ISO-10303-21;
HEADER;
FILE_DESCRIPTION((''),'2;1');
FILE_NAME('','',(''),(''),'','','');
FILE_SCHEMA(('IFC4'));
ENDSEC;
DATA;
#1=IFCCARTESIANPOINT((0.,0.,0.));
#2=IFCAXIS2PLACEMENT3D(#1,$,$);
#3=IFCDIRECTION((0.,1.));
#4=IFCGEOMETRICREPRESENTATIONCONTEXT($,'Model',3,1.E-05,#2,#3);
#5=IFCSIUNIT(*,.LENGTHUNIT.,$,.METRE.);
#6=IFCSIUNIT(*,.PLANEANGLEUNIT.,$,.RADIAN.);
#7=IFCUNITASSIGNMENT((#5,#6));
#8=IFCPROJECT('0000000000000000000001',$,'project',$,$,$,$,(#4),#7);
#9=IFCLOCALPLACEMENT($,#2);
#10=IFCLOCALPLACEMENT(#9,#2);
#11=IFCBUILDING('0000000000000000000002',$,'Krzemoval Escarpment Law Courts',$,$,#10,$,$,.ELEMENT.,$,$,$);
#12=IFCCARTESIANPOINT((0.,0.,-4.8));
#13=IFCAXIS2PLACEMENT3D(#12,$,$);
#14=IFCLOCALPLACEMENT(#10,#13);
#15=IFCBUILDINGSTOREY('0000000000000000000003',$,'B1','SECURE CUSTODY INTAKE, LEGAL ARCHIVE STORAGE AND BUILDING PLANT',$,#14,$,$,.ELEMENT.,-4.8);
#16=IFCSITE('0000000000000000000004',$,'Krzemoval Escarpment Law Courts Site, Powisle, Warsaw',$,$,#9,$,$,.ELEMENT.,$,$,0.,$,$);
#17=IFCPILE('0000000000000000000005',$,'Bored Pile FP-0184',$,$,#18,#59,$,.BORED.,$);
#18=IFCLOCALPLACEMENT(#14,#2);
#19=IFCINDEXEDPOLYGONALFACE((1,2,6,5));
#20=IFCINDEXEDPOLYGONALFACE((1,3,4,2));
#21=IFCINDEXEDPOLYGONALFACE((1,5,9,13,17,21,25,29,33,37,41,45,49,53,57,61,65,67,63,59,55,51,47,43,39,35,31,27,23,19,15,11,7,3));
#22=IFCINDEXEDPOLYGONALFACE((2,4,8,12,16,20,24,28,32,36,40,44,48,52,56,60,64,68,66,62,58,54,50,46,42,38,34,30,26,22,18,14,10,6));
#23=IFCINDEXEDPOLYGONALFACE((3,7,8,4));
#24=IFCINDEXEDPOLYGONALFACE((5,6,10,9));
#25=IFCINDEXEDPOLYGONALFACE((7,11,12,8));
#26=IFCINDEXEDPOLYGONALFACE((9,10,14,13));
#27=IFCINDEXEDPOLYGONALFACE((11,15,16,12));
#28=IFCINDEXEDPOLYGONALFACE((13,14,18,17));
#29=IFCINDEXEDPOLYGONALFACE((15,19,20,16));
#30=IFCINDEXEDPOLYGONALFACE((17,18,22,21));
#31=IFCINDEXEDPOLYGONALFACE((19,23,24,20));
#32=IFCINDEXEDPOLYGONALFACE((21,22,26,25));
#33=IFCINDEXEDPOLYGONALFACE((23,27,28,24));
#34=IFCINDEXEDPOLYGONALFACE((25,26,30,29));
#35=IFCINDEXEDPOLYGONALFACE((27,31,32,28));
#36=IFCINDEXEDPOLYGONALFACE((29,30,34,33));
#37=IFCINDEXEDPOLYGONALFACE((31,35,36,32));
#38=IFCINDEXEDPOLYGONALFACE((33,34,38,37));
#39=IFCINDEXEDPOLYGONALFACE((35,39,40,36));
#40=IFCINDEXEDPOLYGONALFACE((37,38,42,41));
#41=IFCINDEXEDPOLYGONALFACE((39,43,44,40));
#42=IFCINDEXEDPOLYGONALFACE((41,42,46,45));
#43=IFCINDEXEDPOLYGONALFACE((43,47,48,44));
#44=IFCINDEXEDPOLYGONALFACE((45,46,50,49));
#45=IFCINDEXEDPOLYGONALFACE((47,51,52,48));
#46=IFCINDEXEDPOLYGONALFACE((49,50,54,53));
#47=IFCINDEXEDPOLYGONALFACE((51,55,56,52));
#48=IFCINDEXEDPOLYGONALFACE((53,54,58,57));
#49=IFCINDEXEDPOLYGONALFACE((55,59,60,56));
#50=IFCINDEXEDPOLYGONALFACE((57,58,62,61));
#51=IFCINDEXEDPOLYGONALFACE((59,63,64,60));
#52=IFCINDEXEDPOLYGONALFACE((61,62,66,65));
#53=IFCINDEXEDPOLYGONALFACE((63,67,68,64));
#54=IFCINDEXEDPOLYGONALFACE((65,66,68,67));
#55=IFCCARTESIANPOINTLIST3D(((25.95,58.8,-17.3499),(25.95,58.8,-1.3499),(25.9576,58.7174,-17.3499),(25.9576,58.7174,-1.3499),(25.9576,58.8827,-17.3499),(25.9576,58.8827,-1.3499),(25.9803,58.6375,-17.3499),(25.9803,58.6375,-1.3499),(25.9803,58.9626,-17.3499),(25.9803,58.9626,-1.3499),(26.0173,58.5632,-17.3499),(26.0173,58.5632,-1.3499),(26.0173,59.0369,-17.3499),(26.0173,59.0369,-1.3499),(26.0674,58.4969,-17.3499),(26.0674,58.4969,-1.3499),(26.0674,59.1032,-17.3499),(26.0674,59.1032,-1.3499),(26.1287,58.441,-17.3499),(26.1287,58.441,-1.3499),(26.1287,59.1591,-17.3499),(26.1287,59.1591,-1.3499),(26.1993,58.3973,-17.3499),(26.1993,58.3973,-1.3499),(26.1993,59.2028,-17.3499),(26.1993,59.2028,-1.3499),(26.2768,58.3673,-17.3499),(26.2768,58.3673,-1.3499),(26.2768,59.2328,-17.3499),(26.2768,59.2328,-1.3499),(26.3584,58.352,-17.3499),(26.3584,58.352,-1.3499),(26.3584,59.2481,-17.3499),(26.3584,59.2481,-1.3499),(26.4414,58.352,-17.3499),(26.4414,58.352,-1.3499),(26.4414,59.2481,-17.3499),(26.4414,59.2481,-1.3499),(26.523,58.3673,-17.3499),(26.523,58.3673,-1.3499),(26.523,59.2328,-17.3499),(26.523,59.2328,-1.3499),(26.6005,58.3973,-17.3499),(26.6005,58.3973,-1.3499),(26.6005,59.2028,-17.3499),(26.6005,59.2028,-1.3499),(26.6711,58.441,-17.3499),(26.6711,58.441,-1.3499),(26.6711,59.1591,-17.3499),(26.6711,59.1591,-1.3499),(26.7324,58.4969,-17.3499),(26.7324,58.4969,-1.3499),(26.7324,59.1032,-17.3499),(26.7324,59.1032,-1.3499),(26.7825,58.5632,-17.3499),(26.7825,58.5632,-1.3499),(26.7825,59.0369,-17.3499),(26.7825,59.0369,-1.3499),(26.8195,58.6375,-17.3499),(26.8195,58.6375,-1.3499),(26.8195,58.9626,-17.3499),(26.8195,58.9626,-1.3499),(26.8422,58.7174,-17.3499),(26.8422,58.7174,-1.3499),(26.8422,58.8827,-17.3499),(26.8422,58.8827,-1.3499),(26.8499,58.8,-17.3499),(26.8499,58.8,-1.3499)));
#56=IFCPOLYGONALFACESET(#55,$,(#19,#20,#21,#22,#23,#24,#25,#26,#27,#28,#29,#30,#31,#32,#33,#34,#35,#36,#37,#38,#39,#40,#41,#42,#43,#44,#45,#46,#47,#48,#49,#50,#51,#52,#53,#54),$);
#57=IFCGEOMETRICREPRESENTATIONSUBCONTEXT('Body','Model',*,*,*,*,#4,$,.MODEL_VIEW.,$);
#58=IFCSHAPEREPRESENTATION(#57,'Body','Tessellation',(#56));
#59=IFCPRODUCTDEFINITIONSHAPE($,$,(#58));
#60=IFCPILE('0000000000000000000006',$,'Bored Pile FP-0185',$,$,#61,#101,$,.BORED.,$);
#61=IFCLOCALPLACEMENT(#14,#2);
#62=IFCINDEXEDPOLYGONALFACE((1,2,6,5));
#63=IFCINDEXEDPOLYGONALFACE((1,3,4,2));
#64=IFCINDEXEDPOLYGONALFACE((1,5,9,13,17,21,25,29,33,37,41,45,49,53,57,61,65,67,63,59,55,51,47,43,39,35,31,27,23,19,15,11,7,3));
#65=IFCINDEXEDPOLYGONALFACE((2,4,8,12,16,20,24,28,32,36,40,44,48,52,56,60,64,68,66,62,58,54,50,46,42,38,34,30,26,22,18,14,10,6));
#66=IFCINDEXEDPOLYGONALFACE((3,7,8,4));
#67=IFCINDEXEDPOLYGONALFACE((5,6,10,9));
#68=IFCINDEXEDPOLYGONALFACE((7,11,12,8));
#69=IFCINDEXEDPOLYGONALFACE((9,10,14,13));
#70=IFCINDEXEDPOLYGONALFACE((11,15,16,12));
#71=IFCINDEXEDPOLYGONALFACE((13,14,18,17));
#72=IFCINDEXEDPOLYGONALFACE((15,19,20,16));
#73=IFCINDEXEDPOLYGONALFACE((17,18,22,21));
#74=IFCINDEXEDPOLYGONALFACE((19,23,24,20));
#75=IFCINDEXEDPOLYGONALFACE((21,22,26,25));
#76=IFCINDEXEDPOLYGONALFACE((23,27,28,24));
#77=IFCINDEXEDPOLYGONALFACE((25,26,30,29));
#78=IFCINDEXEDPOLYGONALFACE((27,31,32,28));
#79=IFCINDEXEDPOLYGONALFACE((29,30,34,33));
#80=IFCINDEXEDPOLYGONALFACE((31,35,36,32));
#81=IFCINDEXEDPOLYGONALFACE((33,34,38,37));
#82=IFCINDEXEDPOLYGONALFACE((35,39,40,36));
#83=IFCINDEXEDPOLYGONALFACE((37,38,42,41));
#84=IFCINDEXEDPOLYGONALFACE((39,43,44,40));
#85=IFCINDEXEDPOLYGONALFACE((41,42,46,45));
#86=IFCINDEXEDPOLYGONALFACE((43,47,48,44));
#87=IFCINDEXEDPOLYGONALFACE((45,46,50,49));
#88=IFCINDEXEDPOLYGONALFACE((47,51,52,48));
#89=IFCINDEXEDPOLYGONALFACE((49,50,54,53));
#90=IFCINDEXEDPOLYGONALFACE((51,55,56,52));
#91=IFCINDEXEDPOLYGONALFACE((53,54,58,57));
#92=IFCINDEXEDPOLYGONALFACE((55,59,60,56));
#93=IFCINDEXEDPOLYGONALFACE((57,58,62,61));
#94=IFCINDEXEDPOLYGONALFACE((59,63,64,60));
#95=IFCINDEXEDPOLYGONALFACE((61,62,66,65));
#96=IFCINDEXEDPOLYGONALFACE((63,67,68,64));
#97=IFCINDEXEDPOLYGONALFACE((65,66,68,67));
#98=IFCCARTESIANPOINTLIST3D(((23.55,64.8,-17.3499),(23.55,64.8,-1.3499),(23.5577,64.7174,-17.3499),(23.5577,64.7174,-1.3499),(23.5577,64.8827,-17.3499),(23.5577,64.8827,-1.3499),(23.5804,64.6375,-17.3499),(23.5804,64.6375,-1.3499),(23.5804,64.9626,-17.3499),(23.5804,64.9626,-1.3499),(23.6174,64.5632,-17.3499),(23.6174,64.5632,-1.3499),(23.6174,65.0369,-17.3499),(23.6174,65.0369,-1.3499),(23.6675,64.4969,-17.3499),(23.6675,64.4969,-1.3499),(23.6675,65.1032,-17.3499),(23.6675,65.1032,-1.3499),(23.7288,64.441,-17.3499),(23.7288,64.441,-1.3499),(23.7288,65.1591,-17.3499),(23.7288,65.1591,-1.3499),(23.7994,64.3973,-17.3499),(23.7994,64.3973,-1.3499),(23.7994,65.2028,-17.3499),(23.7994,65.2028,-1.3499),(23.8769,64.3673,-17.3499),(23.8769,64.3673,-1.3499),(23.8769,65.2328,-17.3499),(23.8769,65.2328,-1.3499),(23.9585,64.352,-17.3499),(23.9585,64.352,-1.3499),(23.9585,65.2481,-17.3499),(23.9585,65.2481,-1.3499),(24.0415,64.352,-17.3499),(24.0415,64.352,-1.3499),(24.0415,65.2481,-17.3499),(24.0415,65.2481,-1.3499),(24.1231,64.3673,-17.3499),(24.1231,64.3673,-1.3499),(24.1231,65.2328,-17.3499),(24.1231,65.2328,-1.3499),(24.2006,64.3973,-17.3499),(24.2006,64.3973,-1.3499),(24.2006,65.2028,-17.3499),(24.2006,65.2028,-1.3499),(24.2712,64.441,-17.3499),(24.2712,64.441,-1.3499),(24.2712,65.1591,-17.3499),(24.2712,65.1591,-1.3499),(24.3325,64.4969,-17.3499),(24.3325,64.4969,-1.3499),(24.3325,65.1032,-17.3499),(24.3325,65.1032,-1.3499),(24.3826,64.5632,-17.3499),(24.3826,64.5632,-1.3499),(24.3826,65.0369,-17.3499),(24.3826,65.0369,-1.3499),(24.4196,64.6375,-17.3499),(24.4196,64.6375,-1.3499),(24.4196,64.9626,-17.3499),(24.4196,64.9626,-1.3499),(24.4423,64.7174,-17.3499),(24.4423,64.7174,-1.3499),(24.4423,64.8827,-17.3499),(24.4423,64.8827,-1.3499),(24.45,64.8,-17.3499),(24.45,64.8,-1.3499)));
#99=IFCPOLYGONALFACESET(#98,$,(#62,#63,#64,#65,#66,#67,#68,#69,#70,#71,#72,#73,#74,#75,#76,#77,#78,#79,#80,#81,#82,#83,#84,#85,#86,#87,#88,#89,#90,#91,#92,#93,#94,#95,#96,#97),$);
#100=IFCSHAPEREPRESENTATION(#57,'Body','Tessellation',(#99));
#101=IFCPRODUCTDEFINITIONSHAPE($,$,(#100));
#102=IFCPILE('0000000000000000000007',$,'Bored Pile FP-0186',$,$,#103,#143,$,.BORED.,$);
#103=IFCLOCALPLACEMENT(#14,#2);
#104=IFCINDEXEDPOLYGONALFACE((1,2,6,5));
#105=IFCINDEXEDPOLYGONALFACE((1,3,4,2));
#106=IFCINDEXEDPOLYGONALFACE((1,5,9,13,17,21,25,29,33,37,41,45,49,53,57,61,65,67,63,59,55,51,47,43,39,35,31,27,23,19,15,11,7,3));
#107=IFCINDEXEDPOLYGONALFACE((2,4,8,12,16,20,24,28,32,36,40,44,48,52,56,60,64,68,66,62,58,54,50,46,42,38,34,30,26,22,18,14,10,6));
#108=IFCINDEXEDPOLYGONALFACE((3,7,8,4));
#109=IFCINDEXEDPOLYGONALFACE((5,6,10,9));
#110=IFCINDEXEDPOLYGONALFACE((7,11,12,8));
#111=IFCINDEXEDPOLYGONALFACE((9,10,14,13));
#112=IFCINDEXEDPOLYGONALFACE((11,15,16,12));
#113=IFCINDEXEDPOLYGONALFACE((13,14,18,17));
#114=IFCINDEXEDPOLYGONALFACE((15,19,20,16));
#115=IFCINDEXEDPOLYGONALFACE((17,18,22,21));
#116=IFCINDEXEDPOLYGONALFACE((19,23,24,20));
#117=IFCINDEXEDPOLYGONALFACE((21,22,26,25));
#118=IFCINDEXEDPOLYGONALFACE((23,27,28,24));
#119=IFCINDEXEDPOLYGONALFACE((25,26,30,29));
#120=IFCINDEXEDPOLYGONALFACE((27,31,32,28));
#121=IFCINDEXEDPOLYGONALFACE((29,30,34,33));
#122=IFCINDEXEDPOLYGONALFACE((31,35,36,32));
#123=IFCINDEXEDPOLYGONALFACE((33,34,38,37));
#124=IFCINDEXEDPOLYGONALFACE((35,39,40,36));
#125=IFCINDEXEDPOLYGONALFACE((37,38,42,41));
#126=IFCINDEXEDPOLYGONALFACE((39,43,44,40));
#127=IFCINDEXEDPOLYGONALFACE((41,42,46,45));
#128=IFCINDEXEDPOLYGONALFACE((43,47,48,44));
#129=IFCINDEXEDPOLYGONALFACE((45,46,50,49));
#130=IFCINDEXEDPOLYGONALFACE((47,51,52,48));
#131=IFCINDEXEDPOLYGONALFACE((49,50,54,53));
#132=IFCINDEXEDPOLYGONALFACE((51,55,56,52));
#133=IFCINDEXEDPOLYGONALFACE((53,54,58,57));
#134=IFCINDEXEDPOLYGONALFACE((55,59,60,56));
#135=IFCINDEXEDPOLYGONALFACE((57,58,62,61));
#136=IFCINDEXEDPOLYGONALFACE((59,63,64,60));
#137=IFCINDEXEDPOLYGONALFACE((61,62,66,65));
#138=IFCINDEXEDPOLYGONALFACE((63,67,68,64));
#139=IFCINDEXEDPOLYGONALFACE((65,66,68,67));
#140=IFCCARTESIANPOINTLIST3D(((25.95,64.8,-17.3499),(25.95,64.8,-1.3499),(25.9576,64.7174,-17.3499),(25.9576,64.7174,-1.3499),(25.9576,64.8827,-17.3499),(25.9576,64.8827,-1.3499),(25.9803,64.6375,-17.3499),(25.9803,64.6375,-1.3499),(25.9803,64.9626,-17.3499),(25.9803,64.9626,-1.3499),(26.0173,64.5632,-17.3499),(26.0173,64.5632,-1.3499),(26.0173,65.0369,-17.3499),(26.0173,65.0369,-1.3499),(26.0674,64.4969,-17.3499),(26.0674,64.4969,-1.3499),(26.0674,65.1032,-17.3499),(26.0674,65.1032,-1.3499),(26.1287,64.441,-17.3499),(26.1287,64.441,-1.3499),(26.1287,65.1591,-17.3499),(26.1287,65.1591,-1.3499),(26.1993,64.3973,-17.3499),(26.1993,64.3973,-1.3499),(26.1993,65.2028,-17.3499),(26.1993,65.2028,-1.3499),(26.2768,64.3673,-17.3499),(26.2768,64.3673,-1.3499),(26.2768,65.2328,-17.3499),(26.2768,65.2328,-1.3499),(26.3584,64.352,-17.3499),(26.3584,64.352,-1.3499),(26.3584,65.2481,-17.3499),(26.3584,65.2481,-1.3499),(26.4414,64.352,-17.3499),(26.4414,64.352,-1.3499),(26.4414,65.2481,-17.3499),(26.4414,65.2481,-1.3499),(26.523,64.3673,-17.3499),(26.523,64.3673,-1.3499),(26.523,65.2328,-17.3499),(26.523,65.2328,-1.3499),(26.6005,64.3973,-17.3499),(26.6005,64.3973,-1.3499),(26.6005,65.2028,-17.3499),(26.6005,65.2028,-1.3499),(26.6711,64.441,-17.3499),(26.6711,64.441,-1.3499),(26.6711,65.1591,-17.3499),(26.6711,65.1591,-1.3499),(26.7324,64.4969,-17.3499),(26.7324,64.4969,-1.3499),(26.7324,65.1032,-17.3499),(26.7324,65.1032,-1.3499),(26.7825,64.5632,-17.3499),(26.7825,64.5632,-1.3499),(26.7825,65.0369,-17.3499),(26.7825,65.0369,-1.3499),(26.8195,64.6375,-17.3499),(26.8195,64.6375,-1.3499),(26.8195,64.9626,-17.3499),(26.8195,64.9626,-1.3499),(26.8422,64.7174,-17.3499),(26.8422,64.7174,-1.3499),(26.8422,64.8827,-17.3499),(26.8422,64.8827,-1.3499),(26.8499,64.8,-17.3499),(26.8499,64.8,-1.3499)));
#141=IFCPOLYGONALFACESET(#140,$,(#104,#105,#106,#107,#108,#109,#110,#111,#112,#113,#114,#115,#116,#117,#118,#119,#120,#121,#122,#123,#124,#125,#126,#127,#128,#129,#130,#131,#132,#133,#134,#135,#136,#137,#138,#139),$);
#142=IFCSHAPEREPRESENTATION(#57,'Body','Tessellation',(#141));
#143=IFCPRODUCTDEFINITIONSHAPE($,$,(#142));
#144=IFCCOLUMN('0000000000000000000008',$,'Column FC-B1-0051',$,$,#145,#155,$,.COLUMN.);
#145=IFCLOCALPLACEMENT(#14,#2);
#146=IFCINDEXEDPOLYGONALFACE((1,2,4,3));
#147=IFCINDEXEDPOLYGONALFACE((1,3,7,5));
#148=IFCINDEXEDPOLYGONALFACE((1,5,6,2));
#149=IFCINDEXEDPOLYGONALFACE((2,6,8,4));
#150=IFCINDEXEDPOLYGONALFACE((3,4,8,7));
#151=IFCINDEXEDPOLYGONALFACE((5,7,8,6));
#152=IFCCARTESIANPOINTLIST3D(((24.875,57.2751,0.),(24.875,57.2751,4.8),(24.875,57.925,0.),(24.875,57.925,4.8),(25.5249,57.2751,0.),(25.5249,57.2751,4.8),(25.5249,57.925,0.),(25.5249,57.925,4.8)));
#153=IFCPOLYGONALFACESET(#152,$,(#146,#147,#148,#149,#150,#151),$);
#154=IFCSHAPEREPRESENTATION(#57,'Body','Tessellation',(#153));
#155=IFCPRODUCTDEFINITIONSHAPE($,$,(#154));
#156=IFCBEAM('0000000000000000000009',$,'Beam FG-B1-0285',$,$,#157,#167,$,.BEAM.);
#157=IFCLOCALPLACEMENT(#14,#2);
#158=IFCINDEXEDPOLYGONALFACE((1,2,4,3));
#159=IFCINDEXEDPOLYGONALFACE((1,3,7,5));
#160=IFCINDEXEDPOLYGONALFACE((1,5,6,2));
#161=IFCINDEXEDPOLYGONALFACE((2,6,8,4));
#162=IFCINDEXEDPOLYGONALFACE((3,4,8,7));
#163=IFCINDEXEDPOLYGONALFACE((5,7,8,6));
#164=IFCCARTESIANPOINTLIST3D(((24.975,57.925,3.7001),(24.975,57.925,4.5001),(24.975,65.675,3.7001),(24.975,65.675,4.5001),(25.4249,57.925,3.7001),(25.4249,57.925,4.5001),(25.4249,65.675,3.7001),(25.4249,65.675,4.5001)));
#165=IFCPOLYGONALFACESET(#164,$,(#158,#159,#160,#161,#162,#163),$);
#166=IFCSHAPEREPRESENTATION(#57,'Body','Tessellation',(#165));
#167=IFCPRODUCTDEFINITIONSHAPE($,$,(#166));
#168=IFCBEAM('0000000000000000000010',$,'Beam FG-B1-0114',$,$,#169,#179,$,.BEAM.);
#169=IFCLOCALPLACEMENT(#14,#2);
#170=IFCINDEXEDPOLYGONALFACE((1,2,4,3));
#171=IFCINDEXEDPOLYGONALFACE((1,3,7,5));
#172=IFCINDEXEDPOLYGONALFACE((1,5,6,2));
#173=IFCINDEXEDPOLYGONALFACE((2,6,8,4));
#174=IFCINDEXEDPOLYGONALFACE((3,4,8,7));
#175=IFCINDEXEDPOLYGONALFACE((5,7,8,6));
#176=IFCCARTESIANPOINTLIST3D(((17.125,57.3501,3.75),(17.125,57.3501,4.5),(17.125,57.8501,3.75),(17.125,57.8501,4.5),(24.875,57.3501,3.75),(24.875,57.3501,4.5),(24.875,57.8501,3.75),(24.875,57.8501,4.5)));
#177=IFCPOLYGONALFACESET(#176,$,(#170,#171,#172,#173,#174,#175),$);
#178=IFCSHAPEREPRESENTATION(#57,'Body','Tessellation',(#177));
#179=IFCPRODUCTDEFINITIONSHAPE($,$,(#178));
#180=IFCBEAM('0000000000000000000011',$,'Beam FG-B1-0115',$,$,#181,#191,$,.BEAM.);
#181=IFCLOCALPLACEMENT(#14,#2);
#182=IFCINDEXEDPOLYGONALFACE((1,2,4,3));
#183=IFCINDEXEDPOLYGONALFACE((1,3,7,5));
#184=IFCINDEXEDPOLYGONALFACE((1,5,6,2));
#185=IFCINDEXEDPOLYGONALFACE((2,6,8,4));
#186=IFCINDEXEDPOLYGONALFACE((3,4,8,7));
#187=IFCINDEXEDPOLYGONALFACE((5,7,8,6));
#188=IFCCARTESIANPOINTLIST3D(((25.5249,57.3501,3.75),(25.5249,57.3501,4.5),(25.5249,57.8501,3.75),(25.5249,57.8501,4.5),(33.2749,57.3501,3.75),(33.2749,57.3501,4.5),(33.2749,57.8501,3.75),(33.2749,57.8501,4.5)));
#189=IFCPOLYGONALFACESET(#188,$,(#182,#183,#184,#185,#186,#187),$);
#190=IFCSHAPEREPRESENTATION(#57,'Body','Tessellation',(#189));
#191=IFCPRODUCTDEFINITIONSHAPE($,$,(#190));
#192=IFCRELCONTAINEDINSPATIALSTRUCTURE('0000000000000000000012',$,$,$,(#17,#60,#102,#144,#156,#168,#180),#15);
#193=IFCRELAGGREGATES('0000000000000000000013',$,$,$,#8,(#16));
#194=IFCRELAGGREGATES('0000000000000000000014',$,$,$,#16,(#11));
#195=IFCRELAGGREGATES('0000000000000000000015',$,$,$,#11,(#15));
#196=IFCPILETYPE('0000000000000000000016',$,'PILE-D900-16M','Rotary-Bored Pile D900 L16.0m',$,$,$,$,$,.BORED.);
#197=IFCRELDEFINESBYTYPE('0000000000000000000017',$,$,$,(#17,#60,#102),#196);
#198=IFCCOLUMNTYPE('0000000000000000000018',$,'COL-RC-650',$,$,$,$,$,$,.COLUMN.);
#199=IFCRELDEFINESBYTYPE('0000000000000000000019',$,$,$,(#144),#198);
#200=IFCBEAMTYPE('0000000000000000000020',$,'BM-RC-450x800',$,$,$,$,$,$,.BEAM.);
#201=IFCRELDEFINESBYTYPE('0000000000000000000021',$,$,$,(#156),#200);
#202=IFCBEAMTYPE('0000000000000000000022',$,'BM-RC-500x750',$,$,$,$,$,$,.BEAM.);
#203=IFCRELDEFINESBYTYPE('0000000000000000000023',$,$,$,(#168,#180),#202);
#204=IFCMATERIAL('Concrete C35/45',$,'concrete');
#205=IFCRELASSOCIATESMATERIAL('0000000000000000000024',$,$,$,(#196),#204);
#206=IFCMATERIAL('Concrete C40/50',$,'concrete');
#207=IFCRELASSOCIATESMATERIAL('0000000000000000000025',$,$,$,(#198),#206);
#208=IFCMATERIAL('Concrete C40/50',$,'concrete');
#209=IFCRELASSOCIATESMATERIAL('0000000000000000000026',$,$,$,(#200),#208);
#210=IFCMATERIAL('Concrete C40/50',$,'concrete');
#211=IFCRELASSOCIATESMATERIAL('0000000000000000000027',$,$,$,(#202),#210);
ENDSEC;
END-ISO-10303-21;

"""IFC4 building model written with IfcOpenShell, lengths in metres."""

from ifc_helpers import new_model, si_unit, direction, frame, origin, origin_2d, place, context, subcontext, project, spatial, rectangle, circle, extrude, material, material_profile, profile_set, type_object, element, save


model = new_model("IFC4")

# Units and contexts
model_context = context("Model", 3, precision=1e-05, world=origin(), true_north=direction((0.0, 1.0)))
body_context = subcontext(model_context, "Body", "Model", "MODEL_VIEW")
ifc_project = project(units=[si_unit("LENGTHUNIT", "METRE"), si_unit("PLANEANGLEUNIT", "RADIAN")], contexts=[model_context])

# Site, building, storey
site_placement = place(None, origin())
site = spatial("IfcSite", under=ifc_project, at=site_placement, Name="Krzemoval Escarpment Law Courts Site, Powisle, Warsaw", CompositionType="ELEMENT", RefElevation=0.0)
building_placement = place(site_placement, origin())
building = spatial("IfcBuilding", under=site, at=building_placement, Name="Krzemoval Escarpment Law Courts", CompositionType="ELEMENT")
storey_placement = place(building_placement, frame((0.0, 0.0, -4.8)))
storey = spatial("IfcBuildingStorey", under=building, at=storey_placement, Name="B1", Description="SECURE CUSTODY INTAKE, LEGAL ARCHIVE STORAGE AND BUILDING PLANT", CompositionType="ELEMENT", Elevation=-4.8)

# Piles
ifc_material_1 = material(Name="Concrete C35/45", Category="concrete")
ifc_material_profile_1 = material_profile(ifc_material_1, circle(Radius=0.45, at=origin_2d()), Name="PILE D900")
ifc_profile_set_1 = profile_set([ifc_material_profile_1], Name="Concrete C35/45")
pile_type = type_object("IfcPileType", Name="PILE-D900-16M", Description="Rotary-Bored Pile D900 L16.0m", PredefinedType="BORED", material=ifc_profile_set_1)
for number, where, z_axis, x_axis, name in (
    (1, (26.3999, 58.8, -1.3499), (0.0, 0.0, -1.0), (1.0, 0.0, 0.0), "Bored Pile FP-0184"),
    (2, (24.0, 64.8, -1.3499), (0.0, 0.0, -1.0), (1.0, 0.0, 0.0), "Bored Pile FP-0185"),
    (3, (26.3999, 64.8, -1.3499), (0.0, 0.0, -1.0), (1.0, 0.0, 0.0), "Bored Pile FP-0186"),
):
    element("IfcPile", number, at=place(storey_placement, frame(where, z_axis=z_axis, x_axis=x_axis)), inside=storey, type_object=pile_type, Name=name, PredefinedType="BORED", context=body_context, shape_type="SweptSolid", body=[
        extrude(circle(Radius=0.45, at=origin_2d()), origin(), (0.0, 0.0, 1.0), 16.0),
    ])

# Column
ifc_material_2 = material(Name="Concrete C40/50", Category="concrete")
ifc_material_profile_2 = material_profile(ifc_material_2, rectangle(XDim=0.6499, YDim=0.6499, at=origin_2d()), Name="RC 650x650")
ifc_profile_set_2 = profile_set([ifc_material_profile_2], Name="Concrete C40/50")
column_type = type_object("IfcColumnType", Name="COL-RC-650", PredefinedType="COLUMN", material=ifc_profile_set_2)
column_placement = place(storey_placement, frame((25.2, 57.6001, 0.0), z_axis=(0.0, 0.0, 1.0), x_axis=(1.0, 0.0, 0.0)))
element("IfcColumn", 4, at=column_placement, inside=storey, type_object=column_type, Name="Column FC-B1-0051", PredefinedType="COLUMN", context=body_context, shape_type="SweptSolid", body=[
    extrude(rectangle(XDim=0.6499, YDim=0.6499, at=origin_2d()), origin(), (0.0, 0.0, 1.0), 4.8),
])

# Beams
ifc_material_3 = material(Name="Concrete C40/50", Category="concrete")
ifc_material_profile_3 = material_profile(ifc_material_3, rectangle(XDim=0.45, YDim=0.8, at=origin_2d()), Name="RCB 450x800")
ifc_profile_set_3 = profile_set([ifc_material_profile_3], Name="Concrete C40/50")
beam_type_1 = type_object("IfcBeamType", Name="BM-RC-450x800", PredefinedType="BEAM", material=ifc_profile_set_3)
beam_placement = place(storey_placement, frame((25.2, 57.925, 4.1001), z_axis=(0.0, 1.0, 0.0), x_axis=(-1.0, 0.0, 0.0)))
element("IfcBeam", 5, at=beam_placement, inside=storey, type_object=beam_type_1, Name="Beam FG-B1-0285", PredefinedType="BEAM", context=body_context, shape_type="SweptSolid", body=[
    extrude(rectangle(XDim=0.45, YDim=0.8, at=origin_2d()), origin(), (0.0, 0.0, 1.0), 7.75),
])
ifc_material_4 = material(Name="Concrete C40/50", Category="concrete")
ifc_material_profile_4 = material_profile(ifc_material_4, rectangle(XDim=0.5, YDim=0.75, at=origin_2d()), Name="RCB 500x750")
ifc_profile_set_4 = profile_set([ifc_material_profile_4], Name="Concrete C40/50")
beam_type_2 = type_object("IfcBeamType", Name="BM-RC-500x750", PredefinedType="BEAM", material=ifc_profile_set_4)
for number, where, z_axis, x_axis, name in (
    (6, (17.125, 57.6001, 4.125), (1.0, 0.0, 0.0), (0.0, 1.0, 0.0), "Beam FG-B1-0114"),
    (7, (25.5249, 57.6001, 4.125), (1.0, 0.0, 0.0), (0.0, 1.0, 0.0), "Beam FG-B1-0115"),
):
    element("IfcBeam", number, at=place(storey_placement, frame(where, z_axis=z_axis, x_axis=x_axis)), inside=storey, type_object=beam_type_2, Name=name, PredefinedType="BEAM", context=body_context, shape_type="SweptSolid", body=[
        extrude(rectangle(XDim=0.5, YDim=0.75, at=origin_2d()), origin(), (0.0, 0.0, 1.0), 7.75),
    ])

save(model, "model.ifc")
